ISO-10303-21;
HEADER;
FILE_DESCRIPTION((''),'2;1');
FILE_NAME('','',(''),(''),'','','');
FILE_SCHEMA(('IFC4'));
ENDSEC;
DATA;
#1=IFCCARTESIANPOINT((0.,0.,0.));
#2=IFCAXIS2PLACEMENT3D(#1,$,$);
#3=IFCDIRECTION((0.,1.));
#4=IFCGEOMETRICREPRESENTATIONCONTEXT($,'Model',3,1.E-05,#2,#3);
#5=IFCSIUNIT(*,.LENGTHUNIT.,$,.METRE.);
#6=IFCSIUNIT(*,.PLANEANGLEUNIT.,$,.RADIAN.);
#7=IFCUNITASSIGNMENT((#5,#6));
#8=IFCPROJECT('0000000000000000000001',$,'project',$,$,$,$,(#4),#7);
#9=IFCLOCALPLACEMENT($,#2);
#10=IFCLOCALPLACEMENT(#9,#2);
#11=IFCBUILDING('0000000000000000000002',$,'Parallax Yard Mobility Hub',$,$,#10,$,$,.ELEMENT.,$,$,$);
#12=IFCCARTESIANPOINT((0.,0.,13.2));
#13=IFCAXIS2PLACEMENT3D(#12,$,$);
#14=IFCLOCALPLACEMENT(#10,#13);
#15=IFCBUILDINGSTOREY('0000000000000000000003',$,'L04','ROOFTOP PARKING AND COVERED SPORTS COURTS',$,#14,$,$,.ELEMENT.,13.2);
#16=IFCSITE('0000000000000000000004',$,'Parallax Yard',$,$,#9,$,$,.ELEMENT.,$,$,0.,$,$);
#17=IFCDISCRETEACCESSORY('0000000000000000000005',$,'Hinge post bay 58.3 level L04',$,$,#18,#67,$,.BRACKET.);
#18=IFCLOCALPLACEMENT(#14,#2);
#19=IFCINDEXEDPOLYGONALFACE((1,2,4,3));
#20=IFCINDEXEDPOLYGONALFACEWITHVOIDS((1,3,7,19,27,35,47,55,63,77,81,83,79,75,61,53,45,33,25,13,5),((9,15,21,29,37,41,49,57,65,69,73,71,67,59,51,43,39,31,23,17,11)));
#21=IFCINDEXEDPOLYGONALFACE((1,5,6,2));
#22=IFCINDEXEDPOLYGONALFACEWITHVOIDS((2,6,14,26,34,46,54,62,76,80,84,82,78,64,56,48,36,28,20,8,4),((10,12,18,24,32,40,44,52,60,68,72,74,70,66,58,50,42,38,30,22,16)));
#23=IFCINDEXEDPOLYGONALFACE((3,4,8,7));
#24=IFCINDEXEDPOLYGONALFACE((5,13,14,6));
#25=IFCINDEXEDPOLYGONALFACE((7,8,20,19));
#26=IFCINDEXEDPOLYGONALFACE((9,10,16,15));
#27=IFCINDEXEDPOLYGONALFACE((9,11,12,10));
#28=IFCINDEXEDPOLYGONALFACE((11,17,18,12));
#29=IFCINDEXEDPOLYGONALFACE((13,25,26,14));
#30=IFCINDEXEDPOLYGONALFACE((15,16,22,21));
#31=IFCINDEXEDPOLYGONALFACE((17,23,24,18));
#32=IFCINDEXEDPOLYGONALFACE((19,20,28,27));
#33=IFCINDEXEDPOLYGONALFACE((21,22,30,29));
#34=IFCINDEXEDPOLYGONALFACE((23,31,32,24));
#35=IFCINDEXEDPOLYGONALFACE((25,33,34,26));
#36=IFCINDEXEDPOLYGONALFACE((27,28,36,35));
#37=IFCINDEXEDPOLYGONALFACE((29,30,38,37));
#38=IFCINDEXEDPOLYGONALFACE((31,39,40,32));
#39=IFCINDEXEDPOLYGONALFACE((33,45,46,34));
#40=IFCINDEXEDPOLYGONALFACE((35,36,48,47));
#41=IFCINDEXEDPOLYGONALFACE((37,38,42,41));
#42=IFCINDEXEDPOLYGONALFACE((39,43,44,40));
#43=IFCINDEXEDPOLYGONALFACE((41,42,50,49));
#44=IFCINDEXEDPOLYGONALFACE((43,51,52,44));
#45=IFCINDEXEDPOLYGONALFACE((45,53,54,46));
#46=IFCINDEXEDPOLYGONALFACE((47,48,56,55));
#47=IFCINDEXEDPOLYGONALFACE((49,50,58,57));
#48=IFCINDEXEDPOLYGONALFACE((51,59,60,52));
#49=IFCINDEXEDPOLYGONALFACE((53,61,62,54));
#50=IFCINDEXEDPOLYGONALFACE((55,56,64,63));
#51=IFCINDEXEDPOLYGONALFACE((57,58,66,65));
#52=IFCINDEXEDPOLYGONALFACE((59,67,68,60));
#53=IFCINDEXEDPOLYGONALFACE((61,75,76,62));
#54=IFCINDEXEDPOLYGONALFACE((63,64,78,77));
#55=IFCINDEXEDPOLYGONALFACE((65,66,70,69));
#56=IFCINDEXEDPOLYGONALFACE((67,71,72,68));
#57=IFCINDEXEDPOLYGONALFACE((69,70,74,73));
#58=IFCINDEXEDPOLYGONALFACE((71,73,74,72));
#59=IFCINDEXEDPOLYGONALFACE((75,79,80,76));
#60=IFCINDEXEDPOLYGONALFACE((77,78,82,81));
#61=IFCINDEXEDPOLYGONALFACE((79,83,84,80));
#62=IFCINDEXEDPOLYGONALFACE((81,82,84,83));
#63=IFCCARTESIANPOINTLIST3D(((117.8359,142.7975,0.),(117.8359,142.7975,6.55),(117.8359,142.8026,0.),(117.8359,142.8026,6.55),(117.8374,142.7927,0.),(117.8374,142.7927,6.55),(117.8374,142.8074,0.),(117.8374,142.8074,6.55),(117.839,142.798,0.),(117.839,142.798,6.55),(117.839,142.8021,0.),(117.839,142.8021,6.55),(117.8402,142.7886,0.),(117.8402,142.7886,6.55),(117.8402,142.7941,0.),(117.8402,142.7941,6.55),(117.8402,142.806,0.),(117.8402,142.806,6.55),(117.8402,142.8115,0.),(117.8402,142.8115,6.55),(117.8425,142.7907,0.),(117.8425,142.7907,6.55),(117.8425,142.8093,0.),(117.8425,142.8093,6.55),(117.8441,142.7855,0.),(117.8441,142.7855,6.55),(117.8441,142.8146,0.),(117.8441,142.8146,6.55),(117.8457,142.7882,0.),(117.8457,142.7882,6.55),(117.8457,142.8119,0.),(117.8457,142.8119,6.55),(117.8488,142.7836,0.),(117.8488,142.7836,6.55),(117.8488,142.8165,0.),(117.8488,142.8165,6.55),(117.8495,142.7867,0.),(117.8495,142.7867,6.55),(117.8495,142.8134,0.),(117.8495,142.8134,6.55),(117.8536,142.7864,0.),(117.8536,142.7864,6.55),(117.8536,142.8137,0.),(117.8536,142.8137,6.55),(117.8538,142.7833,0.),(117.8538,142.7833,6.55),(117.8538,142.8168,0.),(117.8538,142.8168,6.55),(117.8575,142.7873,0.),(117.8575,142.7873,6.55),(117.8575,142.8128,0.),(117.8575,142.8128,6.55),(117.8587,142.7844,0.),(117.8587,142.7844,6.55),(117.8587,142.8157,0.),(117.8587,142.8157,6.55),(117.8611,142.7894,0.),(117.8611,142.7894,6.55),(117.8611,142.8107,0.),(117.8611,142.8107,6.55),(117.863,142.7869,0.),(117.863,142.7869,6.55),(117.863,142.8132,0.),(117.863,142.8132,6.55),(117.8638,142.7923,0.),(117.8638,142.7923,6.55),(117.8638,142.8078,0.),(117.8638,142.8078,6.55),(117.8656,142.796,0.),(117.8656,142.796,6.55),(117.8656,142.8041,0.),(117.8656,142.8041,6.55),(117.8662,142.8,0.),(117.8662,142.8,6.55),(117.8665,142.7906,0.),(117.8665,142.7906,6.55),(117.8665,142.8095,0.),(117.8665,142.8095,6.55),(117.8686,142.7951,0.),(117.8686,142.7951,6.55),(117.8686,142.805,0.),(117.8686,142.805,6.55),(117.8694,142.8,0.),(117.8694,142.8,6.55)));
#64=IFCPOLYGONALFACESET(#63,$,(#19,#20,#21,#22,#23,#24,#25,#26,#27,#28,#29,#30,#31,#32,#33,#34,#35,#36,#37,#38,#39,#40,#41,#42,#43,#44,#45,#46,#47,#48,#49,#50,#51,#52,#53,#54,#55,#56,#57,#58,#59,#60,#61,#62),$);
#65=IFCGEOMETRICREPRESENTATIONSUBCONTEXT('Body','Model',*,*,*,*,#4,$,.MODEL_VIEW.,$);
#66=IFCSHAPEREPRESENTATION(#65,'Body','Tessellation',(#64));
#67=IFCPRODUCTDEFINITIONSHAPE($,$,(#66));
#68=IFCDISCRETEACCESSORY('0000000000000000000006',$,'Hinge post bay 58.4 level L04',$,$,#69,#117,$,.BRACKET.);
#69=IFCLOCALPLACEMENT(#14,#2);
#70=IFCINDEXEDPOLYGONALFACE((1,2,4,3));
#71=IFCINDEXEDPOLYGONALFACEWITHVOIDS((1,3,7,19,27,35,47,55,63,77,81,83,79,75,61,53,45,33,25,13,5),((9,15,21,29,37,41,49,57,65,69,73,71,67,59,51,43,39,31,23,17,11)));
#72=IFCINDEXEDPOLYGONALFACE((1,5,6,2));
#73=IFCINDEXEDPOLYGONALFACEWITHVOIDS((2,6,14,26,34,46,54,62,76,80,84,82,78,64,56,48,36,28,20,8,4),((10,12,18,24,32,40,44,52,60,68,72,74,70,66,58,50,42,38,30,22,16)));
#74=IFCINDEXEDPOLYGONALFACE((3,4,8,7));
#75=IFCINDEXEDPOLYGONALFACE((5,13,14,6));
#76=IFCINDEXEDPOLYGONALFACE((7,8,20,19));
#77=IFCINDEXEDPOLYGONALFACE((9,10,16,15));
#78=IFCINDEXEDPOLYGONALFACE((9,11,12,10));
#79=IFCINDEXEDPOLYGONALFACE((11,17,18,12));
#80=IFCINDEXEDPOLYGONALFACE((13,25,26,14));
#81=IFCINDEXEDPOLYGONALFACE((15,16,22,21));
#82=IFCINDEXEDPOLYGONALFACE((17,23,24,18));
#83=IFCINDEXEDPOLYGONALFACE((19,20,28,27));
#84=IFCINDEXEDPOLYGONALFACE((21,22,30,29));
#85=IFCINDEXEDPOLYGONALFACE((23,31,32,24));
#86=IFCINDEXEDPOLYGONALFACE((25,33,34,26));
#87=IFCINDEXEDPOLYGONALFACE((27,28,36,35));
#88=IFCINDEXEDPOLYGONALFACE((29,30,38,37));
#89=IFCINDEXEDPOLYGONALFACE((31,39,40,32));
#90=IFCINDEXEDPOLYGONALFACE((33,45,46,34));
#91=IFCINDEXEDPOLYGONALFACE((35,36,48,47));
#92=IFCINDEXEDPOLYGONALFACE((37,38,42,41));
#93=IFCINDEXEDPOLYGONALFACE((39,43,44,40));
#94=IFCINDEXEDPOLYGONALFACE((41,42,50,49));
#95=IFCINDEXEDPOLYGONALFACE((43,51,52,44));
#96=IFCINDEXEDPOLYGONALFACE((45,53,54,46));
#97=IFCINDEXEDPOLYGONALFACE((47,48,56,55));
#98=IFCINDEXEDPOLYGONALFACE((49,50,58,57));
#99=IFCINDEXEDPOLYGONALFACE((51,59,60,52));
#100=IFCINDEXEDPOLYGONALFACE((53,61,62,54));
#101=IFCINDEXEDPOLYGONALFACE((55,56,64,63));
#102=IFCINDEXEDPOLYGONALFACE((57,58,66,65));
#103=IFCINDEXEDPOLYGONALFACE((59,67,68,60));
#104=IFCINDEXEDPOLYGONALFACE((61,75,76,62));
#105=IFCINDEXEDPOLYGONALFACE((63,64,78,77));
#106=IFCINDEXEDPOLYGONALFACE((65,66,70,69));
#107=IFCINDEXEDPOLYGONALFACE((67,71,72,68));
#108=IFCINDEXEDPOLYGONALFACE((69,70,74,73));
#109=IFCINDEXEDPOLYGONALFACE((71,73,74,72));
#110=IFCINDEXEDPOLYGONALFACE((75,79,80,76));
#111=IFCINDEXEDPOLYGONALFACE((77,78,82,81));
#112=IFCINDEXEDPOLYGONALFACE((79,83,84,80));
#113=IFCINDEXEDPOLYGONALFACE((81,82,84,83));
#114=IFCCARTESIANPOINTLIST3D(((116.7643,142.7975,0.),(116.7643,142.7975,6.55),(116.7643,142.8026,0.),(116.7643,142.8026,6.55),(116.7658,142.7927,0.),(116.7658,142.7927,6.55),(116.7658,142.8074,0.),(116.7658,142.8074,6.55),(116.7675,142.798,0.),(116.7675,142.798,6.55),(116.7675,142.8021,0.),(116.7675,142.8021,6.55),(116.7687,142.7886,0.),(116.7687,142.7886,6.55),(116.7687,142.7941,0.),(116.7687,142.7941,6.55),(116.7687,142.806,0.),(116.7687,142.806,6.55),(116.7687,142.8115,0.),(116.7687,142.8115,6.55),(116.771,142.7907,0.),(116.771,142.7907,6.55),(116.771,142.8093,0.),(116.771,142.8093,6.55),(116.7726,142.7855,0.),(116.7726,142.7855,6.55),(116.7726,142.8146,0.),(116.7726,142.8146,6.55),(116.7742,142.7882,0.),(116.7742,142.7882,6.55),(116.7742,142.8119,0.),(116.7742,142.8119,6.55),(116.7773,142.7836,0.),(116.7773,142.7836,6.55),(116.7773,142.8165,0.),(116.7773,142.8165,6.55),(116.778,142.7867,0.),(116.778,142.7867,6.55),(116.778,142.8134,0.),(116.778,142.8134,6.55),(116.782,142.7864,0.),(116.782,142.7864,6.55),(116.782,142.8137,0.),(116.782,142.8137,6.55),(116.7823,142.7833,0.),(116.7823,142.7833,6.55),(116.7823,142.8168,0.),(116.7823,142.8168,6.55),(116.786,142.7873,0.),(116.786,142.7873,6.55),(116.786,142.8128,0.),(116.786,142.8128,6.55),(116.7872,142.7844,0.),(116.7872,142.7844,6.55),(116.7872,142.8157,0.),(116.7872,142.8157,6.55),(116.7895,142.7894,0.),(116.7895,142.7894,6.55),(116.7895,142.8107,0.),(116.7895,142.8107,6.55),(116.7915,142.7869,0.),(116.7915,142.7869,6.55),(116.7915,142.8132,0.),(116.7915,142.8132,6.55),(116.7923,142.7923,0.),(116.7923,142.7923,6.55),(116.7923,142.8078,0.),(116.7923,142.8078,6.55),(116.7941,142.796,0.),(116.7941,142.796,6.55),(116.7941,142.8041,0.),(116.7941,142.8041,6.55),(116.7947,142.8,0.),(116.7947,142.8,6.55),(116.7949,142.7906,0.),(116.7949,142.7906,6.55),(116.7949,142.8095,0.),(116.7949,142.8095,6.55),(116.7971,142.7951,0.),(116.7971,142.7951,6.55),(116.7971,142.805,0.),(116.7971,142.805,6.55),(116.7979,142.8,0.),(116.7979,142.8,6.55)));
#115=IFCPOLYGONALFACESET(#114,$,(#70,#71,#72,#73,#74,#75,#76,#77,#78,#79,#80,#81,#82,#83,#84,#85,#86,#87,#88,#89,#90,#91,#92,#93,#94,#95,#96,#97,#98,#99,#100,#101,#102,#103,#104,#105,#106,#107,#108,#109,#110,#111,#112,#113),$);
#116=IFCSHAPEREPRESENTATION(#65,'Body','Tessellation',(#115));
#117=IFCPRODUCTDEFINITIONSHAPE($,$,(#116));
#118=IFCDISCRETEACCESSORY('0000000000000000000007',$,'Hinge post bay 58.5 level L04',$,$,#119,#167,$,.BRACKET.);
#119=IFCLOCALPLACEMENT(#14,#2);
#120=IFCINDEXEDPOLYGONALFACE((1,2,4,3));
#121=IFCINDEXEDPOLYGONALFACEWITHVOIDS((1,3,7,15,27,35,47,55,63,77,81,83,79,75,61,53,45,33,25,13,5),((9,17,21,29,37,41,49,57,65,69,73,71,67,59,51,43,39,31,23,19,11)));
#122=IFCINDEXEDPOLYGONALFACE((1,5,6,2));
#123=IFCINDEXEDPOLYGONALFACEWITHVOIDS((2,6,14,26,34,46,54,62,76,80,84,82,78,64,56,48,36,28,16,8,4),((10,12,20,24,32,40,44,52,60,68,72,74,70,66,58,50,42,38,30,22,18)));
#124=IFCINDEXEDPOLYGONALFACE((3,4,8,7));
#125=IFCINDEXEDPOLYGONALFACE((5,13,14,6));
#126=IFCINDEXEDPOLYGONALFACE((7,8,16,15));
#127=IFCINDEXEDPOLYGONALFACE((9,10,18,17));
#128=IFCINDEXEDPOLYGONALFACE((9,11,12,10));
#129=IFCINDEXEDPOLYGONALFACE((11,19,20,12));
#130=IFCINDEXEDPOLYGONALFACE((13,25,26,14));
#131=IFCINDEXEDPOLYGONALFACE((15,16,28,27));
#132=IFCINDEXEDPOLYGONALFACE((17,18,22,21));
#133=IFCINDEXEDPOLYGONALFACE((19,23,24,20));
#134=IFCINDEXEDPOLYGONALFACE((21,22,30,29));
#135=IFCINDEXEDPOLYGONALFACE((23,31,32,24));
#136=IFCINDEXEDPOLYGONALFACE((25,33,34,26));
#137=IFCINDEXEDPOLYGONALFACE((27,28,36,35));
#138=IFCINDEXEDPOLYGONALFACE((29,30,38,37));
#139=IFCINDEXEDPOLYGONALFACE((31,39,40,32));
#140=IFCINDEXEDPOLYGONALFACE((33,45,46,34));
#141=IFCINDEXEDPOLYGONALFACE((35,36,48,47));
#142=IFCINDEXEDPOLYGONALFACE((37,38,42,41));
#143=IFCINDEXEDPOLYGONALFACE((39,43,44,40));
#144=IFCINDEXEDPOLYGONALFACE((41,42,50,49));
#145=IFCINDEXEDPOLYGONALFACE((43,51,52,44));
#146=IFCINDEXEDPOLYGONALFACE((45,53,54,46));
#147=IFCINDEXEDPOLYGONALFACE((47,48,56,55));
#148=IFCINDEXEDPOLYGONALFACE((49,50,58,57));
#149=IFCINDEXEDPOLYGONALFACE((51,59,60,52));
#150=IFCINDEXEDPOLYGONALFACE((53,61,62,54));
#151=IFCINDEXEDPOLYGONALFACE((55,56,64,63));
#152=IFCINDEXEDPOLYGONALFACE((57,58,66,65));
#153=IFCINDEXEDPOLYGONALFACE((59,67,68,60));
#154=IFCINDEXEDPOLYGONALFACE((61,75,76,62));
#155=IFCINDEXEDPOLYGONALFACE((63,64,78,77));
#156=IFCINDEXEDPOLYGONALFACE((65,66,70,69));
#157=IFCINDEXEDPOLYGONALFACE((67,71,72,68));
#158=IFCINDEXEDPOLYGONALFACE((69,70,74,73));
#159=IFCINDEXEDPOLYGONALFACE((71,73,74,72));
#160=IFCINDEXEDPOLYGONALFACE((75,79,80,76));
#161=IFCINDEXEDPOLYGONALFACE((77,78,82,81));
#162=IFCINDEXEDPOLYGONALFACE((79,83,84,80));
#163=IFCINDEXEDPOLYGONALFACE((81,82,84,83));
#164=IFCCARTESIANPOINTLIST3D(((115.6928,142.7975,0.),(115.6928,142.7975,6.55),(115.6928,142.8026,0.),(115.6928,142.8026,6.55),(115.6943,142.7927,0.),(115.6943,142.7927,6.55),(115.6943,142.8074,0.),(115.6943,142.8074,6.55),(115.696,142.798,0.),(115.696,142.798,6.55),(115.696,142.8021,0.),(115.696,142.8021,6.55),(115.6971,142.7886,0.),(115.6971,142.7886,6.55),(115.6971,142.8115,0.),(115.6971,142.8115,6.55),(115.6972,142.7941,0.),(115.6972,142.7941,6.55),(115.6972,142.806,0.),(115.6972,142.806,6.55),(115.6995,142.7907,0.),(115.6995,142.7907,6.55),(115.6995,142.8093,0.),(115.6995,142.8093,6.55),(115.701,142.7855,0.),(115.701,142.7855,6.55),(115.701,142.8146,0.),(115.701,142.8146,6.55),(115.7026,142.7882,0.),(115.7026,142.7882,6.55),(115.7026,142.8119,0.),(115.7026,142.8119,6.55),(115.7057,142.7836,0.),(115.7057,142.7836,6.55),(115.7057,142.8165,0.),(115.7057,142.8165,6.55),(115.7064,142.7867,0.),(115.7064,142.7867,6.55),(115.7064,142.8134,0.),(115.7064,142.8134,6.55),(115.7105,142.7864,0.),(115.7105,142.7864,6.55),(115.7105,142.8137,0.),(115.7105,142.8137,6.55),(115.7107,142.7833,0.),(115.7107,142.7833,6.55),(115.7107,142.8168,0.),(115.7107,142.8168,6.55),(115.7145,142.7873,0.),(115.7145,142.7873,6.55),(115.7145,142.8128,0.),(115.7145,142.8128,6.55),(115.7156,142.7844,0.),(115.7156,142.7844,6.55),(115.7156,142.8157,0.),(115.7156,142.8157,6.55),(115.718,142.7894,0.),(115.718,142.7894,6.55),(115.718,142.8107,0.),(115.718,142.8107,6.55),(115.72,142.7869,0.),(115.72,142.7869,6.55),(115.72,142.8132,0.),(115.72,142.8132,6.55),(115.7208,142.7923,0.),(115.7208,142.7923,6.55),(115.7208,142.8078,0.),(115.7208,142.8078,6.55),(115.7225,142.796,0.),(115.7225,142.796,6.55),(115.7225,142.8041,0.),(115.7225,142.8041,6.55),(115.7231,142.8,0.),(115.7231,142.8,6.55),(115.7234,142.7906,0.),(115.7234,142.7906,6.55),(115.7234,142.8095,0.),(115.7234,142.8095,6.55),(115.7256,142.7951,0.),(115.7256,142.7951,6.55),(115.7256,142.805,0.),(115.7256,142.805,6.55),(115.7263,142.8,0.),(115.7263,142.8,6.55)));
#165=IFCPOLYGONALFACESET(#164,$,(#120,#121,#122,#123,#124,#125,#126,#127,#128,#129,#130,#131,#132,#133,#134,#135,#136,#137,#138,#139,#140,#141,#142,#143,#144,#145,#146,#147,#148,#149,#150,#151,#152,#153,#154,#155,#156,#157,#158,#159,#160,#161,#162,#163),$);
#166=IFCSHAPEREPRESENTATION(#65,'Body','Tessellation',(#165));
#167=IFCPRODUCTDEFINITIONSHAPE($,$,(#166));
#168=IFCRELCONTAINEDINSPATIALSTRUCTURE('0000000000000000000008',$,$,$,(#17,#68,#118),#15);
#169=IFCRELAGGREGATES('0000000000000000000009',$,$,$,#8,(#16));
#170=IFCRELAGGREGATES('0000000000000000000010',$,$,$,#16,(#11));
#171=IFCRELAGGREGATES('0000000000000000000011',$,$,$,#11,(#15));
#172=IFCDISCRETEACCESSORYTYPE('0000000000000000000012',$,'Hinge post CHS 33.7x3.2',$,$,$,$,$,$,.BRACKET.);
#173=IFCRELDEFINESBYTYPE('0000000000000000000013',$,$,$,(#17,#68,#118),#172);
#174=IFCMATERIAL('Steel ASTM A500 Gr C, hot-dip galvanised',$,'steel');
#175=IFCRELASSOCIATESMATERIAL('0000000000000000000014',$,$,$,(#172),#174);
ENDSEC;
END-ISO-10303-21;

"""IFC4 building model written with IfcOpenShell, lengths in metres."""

from ifc_helpers import new_model, si_unit, direction, frame, origin, origin_2d, place, context, subcontext, project, spatial, hollow_circle, extrude, material, material_profile, profile_set, type_object, element, save


model = new_model("IFC4")

# Units and contexts
model_context = context("Model", 3, precision=1e-05, world=origin(), true_north=direction((0.0, 1.0)))
body_context = subcontext(model_context, "Body", "Model", "MODEL_VIEW")
ifc_project = project(units=[si_unit("LENGTHUNIT", "METRE"), si_unit("PLANEANGLEUNIT", "RADIAN")], contexts=[model_context])

# Site, building, storey
site_placement = place(None, origin())
site = spatial("IfcSite", under=ifc_project, at=site_placement, Name="Parallax Yard", CompositionType="ELEMENT", RefElevation=0.0)
building_placement = place(site_placement, origin())
building = spatial("IfcBuilding", under=site, at=building_placement, Name="Parallax Yard Mobility Hub", CompositionType="ELEMENT")
storey_placement = place(building_placement, frame((0.0, 0.0, 13.2)))
storey = spatial("IfcBuildingStorey", under=building, at=storey_placement, Name="L04", Description="ROOFTOP PARKING AND COVERED SPORTS COURTS", CompositionType="ELEMENT", Elevation=13.2)

# Discrete accessories
ifc_material_1 = material(Name="Steel ASTM A500 Gr C, hot-dip galvanised", Category="steel")
ifc_material_profile = material_profile(ifc_material_1, hollow_circle(Radius=0.0168, WallThickness=0.0032, at=origin_2d()), Name="CHS 33.7x3.2")
ifc_profile_set = profile_set([ifc_material_profile], Name="Steel ASTM A500 Gr C, hot-dip galvanised")
discrete_accessory_type_1 = type_object("IfcDiscreteAccessoryType", Name="Hinge post CHS 33.7x3.2", PredefinedType="BRACKET", material=ifc_profile_set)
for number, where, z_axis, x_axis, name in (
    (1, (117.8525, 142.8, 0.0), (0.0, 0.0, 1.0), (1.0, 0.0, 0.0), "Hinge post bay 58.3 level L04"),
    (2, (116.781, 142.8, 0.0), (0.0, 0.0, 1.0), (1.0, 0.0, 0.0), "Hinge post bay 58.4 level L04"),
    (3, (115.7095, 142.8, 0.0), (0.0, 0.0, 1.0), (1.0, 0.0, 0.0), "Hinge post bay 58.5 level L04"),
):
    element("IfcDiscreteAccessory", number, at=place(storey_placement, frame(where, z_axis=z_axis, x_axis=x_axis)), inside=storey, type_object=discrete_accessory_type_1, Name=name, PredefinedType="BRACKET", context=body_context, shape_type="SweptSolid", body=[
        extrude(hollow_circle(Radius=0.0168, WallThickness=0.0032, at=origin_2d()), origin(), (0.0, 0.0, 1.0), 6.55),
    ])

save(model, "model.ifc")
